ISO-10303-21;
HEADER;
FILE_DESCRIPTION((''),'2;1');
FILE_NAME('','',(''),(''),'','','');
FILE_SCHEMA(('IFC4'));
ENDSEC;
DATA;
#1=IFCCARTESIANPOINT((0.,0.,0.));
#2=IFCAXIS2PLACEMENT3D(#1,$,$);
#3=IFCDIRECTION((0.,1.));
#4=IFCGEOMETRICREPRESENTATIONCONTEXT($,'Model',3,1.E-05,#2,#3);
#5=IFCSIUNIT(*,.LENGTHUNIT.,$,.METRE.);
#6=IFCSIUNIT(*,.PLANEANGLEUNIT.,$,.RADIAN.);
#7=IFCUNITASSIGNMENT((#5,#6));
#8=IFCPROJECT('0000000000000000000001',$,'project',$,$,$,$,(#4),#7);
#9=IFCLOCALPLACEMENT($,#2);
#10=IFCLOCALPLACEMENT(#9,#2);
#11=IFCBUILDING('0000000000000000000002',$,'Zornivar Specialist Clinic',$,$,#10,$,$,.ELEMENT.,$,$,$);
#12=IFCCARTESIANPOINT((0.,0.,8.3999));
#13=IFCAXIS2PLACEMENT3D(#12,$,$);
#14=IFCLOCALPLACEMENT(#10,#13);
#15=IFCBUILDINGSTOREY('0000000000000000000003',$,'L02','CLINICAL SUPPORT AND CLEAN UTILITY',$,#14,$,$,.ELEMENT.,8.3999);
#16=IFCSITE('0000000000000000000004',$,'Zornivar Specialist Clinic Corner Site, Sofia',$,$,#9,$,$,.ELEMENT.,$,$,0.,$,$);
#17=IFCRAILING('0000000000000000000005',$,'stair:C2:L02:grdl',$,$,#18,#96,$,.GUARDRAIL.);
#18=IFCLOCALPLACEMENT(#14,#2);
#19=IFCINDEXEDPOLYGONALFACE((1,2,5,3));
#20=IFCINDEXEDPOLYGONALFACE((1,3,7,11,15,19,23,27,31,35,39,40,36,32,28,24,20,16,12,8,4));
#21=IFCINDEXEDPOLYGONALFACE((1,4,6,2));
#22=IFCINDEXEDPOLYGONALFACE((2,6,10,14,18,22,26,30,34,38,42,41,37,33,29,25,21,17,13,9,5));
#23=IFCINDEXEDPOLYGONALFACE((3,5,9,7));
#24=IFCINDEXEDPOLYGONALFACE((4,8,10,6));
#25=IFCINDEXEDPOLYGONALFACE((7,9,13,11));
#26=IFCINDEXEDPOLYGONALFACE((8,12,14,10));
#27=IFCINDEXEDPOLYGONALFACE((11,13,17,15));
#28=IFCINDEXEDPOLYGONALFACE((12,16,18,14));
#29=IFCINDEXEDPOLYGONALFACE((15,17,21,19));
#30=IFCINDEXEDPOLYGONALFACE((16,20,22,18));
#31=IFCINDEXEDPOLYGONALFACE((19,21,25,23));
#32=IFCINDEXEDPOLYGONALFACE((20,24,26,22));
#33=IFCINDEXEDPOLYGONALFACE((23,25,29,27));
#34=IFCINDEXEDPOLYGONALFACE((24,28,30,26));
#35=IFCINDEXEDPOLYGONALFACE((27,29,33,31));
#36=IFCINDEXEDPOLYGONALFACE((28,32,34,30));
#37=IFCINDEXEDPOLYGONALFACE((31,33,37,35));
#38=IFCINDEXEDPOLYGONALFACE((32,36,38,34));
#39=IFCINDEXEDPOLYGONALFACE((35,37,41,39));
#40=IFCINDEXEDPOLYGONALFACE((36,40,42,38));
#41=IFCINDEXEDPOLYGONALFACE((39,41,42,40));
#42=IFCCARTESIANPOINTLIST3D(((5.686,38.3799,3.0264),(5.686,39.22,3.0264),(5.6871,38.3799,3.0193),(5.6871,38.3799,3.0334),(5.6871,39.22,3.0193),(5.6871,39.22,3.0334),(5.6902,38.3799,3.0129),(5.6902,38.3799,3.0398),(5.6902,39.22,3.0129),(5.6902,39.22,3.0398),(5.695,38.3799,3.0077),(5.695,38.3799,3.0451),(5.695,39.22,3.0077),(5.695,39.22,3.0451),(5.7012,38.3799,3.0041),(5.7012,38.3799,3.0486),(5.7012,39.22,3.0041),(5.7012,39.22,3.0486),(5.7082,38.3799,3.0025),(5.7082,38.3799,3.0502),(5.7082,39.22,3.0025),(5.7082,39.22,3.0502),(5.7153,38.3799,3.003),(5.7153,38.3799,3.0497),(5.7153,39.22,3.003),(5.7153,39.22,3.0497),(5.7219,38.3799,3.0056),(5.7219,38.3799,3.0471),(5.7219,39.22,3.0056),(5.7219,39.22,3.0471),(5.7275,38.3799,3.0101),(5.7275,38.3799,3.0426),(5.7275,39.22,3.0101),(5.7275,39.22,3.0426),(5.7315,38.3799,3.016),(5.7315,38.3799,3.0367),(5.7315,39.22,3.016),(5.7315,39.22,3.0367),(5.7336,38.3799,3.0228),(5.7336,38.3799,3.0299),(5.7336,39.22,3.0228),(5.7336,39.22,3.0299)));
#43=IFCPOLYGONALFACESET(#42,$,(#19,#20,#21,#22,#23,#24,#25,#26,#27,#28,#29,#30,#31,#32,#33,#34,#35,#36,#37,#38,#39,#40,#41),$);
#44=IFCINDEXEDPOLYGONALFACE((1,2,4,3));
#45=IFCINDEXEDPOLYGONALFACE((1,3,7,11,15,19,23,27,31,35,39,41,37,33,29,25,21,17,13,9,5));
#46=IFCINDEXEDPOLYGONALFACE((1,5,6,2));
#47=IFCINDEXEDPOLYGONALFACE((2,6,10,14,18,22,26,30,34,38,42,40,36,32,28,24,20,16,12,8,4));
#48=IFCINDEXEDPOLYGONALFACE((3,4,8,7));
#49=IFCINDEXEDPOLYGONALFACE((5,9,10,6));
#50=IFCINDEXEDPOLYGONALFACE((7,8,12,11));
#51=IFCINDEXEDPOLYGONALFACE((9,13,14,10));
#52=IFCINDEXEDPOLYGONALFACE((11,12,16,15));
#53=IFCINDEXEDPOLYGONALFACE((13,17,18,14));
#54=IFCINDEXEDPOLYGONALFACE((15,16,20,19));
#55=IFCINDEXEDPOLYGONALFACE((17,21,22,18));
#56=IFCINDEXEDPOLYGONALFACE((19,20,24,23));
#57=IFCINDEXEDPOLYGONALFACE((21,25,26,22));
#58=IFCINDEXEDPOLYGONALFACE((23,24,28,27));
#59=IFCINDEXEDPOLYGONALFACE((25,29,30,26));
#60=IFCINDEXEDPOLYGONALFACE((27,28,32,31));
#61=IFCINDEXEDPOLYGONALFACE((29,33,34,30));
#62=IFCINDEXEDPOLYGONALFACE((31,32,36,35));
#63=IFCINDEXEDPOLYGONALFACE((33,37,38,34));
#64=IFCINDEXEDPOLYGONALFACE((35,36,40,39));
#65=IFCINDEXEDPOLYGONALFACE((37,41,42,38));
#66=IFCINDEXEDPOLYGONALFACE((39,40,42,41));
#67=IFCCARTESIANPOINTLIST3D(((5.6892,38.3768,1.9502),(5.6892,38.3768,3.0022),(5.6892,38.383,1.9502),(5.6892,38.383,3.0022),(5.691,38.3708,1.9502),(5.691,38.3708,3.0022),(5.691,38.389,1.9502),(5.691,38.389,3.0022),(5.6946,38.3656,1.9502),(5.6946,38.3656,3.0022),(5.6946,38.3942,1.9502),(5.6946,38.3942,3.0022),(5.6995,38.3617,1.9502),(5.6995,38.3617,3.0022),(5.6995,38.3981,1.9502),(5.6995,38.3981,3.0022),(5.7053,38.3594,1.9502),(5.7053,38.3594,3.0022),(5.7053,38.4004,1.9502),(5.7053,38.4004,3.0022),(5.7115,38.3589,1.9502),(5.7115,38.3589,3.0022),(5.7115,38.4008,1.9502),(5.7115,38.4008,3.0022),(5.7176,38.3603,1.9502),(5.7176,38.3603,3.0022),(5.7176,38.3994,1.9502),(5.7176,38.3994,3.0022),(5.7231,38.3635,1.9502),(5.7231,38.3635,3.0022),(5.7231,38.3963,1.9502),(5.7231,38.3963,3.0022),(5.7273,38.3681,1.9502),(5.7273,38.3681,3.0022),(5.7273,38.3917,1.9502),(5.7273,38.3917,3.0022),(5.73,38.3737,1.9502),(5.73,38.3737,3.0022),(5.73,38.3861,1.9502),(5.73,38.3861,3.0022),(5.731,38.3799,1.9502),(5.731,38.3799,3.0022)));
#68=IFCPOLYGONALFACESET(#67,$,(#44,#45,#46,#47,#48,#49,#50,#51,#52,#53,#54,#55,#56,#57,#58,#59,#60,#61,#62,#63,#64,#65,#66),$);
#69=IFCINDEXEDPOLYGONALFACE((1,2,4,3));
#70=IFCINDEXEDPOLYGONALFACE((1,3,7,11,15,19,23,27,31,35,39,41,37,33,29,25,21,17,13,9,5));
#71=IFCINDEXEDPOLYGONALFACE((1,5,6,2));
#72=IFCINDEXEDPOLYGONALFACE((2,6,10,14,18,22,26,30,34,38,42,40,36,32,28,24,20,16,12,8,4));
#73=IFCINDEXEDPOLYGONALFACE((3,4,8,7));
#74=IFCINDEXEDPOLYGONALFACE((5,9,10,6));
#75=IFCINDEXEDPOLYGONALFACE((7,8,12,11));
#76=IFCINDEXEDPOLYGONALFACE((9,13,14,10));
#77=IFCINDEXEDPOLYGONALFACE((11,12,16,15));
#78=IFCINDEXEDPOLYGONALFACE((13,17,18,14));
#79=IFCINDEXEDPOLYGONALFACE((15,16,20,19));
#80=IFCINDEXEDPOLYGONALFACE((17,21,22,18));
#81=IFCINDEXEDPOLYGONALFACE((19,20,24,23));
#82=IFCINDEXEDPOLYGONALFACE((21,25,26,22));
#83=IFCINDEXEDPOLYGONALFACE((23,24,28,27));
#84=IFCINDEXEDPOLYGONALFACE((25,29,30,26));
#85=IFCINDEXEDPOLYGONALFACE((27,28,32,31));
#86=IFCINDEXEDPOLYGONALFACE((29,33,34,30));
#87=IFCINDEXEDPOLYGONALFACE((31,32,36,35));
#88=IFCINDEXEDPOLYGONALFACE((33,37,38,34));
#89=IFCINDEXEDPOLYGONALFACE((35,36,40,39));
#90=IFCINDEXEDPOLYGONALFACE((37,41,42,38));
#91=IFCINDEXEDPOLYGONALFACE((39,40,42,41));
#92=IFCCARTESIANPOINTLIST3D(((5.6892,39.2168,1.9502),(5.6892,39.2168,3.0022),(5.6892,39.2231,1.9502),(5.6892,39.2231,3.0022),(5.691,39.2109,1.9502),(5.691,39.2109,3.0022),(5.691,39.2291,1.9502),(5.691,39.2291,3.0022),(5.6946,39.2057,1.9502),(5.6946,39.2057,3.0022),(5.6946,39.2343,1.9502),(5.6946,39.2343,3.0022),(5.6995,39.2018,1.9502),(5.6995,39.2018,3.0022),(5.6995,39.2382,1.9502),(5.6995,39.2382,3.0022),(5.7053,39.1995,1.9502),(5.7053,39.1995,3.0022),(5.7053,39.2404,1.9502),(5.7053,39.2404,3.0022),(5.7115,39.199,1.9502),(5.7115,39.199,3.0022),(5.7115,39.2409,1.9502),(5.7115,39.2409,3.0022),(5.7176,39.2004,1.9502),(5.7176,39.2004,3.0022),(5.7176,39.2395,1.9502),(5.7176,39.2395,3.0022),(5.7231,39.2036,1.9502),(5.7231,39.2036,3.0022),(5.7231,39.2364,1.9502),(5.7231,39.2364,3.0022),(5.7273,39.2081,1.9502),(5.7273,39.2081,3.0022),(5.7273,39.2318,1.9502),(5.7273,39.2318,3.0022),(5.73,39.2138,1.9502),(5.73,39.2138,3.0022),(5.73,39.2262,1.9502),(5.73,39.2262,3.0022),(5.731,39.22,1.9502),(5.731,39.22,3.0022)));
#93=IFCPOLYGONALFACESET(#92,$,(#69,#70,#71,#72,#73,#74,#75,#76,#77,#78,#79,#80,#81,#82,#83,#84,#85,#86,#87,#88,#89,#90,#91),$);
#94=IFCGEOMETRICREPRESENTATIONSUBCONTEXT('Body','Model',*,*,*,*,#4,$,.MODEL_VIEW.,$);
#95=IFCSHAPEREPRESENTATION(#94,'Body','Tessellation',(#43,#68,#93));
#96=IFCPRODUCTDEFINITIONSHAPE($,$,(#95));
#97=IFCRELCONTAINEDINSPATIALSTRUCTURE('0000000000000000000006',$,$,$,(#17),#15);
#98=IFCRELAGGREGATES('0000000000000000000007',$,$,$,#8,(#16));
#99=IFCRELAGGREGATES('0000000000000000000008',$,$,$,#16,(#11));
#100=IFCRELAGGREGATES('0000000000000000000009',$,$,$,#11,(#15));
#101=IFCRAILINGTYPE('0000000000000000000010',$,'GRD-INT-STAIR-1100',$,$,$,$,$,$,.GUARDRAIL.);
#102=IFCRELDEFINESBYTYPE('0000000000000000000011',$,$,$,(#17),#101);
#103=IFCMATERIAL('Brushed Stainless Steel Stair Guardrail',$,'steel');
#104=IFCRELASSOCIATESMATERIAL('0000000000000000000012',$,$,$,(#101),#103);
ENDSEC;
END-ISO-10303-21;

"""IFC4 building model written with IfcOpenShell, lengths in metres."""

from ifc_helpers import new_model, si_unit, direction, frame, origin, origin_2d, place, context, subcontext, project, spatial, circle, extrude, material, type_object, element, save


model = new_model("IFC4")

# Units and contexts
model_context = context("Model", 3, precision=1e-05, world=origin(), true_north=direction((0.0, 1.0)))
body_context = subcontext(model_context, "Body", "Model", "MODEL_VIEW")
ifc_project = project(units=[si_unit("LENGTHUNIT", "METRE"), si_unit("PLANEANGLEUNIT", "RADIAN")], contexts=[model_context])

# Site, building, storey
site_placement = place(None, origin())
site = spatial("IfcSite", under=ifc_project, at=site_placement, Name="Zornivar Specialist Clinic Corner Site, Sofia", CompositionType="ELEMENT", RefElevation=0.0)
building_placement = place(site_placement, origin())
building = spatial("IfcBuilding", under=site, at=building_placement, Name="Zornivar Specialist Clinic", CompositionType="ELEMENT")
storey_placement = place(building_placement, frame((0.0, 0.0, 8.3999)))
storey = spatial("IfcBuildingStorey", under=building, at=storey_placement, Name="L02", Description="CLINICAL SUPPORT AND CLEAN UTILITY", CompositionType="ELEMENT", Elevation=8.3999)

# Railing
ifc_material_1 = material(Name="Brushed Stainless Steel Stair Guardrail", Category="steel")
railing_type_1 = type_object("IfcRailingType", Name="GRD-INT-STAIR-1100", PredefinedType="GUARDRAIL", material=ifc_material_1)
railing_1_placement = place(storey_placement, frame((5.71, 38.3799, 1.9502)))
element("IfcRailing", 1, at=railing_1_placement, inside=storey, type_object=railing_type_1, Name="stair:C2:L02:grdl", PredefinedType="GUARDRAIL", context=body_context, shape_type="SweptSolid", body=[
    extrude(circle(Radius=0.0239, at=origin_2d()), frame((0.0, 0.0, 1.0762), z_axis=(0.0, 1.0, 0.0), x_axis=(-1.0, 0.0, 0.0)), (0.0, 0.0, 1.0), 0.8401),
    extrude(circle(Radius=0.021, at=origin_2d()), origin(), (0.0, 0.0, 1.0), 1.052),
    extrude(circle(Radius=0.021, at=origin_2d()), frame((0.0, 0.8401, 0.0)), (0.0, 0.0, 1.0), 1.052),
])

save(model, "model.ifc")
